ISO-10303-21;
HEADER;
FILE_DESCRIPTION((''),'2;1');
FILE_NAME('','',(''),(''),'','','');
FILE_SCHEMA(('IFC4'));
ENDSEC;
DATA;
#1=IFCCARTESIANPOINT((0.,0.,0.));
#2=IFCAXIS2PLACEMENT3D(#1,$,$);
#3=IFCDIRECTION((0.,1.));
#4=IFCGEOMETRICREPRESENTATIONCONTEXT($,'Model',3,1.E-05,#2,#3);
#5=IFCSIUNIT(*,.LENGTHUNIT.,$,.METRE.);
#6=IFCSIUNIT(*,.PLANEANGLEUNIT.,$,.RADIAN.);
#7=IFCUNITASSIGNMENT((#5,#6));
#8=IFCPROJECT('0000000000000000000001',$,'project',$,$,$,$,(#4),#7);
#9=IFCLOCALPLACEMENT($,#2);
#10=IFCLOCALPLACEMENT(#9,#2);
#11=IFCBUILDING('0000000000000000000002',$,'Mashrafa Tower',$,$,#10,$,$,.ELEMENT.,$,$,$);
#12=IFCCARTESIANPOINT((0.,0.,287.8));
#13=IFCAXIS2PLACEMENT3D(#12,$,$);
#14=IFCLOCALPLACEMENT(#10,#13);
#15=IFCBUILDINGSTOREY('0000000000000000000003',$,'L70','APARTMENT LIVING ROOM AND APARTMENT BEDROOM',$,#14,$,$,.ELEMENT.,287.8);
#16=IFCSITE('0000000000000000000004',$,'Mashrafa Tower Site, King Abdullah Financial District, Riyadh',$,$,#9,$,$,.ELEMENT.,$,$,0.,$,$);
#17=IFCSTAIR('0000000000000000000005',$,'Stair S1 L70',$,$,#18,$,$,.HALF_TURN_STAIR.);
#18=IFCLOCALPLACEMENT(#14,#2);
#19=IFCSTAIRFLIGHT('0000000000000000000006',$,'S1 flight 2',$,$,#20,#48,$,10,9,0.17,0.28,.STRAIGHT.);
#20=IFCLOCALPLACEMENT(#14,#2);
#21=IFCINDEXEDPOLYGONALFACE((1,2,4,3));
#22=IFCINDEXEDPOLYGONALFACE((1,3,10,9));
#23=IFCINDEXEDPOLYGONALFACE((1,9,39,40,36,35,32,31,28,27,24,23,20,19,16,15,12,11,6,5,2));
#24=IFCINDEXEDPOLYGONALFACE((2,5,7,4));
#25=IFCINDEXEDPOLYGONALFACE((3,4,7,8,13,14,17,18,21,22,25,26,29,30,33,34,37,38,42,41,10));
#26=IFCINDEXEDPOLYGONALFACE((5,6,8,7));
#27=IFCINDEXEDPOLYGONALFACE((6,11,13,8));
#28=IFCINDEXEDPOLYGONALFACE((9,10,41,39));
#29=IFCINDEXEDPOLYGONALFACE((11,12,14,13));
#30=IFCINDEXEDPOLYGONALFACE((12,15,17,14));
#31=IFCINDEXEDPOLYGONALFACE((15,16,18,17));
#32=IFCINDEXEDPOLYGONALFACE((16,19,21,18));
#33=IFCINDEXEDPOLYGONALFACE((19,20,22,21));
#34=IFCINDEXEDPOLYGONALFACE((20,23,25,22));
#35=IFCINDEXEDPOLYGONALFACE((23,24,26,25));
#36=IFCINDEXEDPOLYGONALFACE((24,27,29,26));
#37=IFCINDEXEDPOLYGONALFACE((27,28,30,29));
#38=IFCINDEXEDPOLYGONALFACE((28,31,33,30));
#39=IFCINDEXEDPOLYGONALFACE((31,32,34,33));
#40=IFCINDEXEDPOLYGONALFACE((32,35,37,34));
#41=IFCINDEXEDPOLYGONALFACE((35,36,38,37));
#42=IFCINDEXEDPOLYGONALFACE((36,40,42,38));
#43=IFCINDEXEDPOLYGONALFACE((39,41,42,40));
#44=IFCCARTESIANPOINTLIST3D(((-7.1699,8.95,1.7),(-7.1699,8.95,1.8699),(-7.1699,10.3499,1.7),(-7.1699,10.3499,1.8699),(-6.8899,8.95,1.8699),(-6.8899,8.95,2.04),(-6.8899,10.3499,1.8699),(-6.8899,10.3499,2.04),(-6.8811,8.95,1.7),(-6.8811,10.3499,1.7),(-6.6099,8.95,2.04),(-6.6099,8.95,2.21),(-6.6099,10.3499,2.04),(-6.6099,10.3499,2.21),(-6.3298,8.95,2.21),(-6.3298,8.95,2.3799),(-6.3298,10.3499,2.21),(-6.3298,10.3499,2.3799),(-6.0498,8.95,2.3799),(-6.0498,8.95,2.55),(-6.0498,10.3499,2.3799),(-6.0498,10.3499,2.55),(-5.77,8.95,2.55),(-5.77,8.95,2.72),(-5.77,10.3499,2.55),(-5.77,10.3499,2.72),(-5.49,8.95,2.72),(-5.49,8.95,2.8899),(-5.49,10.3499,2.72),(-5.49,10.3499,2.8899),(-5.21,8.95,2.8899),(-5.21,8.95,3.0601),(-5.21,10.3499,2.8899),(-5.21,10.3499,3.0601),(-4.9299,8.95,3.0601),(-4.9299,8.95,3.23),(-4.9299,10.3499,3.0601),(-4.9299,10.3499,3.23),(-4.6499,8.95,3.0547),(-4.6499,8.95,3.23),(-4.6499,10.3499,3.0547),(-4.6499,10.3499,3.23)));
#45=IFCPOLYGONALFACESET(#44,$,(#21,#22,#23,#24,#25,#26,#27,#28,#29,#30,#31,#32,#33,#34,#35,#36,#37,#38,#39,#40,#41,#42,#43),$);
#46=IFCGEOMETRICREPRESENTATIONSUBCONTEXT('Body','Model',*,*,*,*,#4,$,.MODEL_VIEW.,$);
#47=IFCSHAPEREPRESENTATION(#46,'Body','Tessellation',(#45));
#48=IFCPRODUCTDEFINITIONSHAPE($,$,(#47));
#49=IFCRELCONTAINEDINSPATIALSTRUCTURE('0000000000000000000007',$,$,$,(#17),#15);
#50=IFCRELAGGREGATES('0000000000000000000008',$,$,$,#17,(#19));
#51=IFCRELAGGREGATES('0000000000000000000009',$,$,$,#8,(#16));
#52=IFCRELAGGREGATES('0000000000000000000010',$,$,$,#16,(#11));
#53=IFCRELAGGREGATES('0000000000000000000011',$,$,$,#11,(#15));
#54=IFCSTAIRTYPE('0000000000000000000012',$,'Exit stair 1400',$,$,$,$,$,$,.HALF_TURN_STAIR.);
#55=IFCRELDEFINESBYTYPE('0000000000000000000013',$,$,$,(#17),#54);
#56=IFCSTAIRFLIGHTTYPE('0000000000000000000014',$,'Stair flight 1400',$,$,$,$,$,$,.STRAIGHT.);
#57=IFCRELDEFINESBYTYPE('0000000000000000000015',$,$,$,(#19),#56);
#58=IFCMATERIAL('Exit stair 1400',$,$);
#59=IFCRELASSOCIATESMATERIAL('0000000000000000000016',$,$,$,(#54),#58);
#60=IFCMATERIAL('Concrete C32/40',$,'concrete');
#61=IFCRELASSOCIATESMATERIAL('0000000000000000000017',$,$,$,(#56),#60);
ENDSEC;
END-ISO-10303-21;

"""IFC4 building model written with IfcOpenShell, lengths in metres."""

from ifc_helpers import new_model, si_unit, direction, frame, origin, place, context, subcontext, project, spatial, polyline, outline, extrude, material, type_object, element, aggregate, save


model = new_model("IFC4")

# Units and contexts
model_context = context("Model", 3, precision=1e-05, world=origin(), true_north=direction((0.0, 1.0)))
body_context = subcontext(model_context, "Body", "Model", "MODEL_VIEW")
ifc_project = project(units=[si_unit("LENGTHUNIT", "METRE"), si_unit("PLANEANGLEUNIT", "RADIAN")], contexts=[model_context])

# Site, building, storey
site_placement = place(None, origin())
site = spatial("IfcSite", under=ifc_project, at=site_placement, Name="Mashrafa Tower Site, King Abdullah Financial District, Riyadh", CompositionType="ELEMENT", RefElevation=0.0)
building_placement = place(site_placement, origin())
building = spatial("IfcBuilding", under=site, at=building_placement, Name="Mashrafa Tower", CompositionType="ELEMENT")
storey_placement = place(building_placement, frame((0.0, 0.0, 287.8)))
storey = spatial("IfcBuildingStorey", under=building, at=storey_placement, Name="L70", Description="APARTMENT LIVING ROOM AND APARTMENT BEDROOM", CompositionType="ELEMENT", Elevation=287.8)

# Stair, stair flight
ifc_material_1 = material(Name="Exit stair 1400")
stair_type = type_object("IfcStairType", Name="Exit stair 1400", PredefinedType="HALF_TURN_STAIR", material=ifc_material_1)
stair_placement = place(storey_placement, origin())
stair = element("IfcStair", 1, at=stair_placement, inside=storey, type_object=stair_type, Name="Stair S1 L70", PredefinedType="HALF_TURN_STAIR")
ifc_material_2 = material(Name="Concrete C32/40", Category="concrete")
stair_flight_type = type_object("IfcStairFlightType", Name="Stair flight 1400", PredefinedType="STRAIGHT", material=ifc_material_2)
stair_flight_1_placement = place(storey_placement, frame((-7.1699, 9.6499, 1.7), z_axis=(0.0, 0.0, 1.0), x_axis=(1.0, 0.0, 0.0)))
stair_flight_1 = element("IfcStairFlight", 2, at=stair_flight_1_placement, type_object=stair_flight_type, Name="S1 flight 2", NumberOfRisers=10, NumberOfTreads=9, PredefinedType="STRAIGHT", RiserHeight=0.17, TreadLength=0.28, context=body_context, shape_type="SweptSolid", body=[
    extrude(outline(polyline([(0.0, 0.0), (0.0, 0.1699), (0.28, 0.1699), (0.28, 0.3401), (0.5601, 0.3401), (0.5601, 0.51), (0.8401, 0.51), (0.8401, 0.6799), (1.1201, 0.6799), (1.1201, 0.8501), (1.3999, 0.8501), (1.3999, 1.02), (1.6799, 1.02), (1.6799, 1.1899), (1.96, 1.1899), (1.96, 1.3601), (2.24, 1.3601), (2.24, 1.53), (2.52, 1.53), (2.52, 1.7), (2.52, 1.3547), (0.2888, 0.0), (0.0, 0.0)])), frame((0.0, 0.7, 0.0), z_axis=(0.0, -1.0, 0.0), x_axis=(1.0, 0.0, 0.0)), (0.0, 0.0, 1.0), 1.3999),
])
aggregate(stair, [stair_flight_1])

save(model, "model.ifc")
